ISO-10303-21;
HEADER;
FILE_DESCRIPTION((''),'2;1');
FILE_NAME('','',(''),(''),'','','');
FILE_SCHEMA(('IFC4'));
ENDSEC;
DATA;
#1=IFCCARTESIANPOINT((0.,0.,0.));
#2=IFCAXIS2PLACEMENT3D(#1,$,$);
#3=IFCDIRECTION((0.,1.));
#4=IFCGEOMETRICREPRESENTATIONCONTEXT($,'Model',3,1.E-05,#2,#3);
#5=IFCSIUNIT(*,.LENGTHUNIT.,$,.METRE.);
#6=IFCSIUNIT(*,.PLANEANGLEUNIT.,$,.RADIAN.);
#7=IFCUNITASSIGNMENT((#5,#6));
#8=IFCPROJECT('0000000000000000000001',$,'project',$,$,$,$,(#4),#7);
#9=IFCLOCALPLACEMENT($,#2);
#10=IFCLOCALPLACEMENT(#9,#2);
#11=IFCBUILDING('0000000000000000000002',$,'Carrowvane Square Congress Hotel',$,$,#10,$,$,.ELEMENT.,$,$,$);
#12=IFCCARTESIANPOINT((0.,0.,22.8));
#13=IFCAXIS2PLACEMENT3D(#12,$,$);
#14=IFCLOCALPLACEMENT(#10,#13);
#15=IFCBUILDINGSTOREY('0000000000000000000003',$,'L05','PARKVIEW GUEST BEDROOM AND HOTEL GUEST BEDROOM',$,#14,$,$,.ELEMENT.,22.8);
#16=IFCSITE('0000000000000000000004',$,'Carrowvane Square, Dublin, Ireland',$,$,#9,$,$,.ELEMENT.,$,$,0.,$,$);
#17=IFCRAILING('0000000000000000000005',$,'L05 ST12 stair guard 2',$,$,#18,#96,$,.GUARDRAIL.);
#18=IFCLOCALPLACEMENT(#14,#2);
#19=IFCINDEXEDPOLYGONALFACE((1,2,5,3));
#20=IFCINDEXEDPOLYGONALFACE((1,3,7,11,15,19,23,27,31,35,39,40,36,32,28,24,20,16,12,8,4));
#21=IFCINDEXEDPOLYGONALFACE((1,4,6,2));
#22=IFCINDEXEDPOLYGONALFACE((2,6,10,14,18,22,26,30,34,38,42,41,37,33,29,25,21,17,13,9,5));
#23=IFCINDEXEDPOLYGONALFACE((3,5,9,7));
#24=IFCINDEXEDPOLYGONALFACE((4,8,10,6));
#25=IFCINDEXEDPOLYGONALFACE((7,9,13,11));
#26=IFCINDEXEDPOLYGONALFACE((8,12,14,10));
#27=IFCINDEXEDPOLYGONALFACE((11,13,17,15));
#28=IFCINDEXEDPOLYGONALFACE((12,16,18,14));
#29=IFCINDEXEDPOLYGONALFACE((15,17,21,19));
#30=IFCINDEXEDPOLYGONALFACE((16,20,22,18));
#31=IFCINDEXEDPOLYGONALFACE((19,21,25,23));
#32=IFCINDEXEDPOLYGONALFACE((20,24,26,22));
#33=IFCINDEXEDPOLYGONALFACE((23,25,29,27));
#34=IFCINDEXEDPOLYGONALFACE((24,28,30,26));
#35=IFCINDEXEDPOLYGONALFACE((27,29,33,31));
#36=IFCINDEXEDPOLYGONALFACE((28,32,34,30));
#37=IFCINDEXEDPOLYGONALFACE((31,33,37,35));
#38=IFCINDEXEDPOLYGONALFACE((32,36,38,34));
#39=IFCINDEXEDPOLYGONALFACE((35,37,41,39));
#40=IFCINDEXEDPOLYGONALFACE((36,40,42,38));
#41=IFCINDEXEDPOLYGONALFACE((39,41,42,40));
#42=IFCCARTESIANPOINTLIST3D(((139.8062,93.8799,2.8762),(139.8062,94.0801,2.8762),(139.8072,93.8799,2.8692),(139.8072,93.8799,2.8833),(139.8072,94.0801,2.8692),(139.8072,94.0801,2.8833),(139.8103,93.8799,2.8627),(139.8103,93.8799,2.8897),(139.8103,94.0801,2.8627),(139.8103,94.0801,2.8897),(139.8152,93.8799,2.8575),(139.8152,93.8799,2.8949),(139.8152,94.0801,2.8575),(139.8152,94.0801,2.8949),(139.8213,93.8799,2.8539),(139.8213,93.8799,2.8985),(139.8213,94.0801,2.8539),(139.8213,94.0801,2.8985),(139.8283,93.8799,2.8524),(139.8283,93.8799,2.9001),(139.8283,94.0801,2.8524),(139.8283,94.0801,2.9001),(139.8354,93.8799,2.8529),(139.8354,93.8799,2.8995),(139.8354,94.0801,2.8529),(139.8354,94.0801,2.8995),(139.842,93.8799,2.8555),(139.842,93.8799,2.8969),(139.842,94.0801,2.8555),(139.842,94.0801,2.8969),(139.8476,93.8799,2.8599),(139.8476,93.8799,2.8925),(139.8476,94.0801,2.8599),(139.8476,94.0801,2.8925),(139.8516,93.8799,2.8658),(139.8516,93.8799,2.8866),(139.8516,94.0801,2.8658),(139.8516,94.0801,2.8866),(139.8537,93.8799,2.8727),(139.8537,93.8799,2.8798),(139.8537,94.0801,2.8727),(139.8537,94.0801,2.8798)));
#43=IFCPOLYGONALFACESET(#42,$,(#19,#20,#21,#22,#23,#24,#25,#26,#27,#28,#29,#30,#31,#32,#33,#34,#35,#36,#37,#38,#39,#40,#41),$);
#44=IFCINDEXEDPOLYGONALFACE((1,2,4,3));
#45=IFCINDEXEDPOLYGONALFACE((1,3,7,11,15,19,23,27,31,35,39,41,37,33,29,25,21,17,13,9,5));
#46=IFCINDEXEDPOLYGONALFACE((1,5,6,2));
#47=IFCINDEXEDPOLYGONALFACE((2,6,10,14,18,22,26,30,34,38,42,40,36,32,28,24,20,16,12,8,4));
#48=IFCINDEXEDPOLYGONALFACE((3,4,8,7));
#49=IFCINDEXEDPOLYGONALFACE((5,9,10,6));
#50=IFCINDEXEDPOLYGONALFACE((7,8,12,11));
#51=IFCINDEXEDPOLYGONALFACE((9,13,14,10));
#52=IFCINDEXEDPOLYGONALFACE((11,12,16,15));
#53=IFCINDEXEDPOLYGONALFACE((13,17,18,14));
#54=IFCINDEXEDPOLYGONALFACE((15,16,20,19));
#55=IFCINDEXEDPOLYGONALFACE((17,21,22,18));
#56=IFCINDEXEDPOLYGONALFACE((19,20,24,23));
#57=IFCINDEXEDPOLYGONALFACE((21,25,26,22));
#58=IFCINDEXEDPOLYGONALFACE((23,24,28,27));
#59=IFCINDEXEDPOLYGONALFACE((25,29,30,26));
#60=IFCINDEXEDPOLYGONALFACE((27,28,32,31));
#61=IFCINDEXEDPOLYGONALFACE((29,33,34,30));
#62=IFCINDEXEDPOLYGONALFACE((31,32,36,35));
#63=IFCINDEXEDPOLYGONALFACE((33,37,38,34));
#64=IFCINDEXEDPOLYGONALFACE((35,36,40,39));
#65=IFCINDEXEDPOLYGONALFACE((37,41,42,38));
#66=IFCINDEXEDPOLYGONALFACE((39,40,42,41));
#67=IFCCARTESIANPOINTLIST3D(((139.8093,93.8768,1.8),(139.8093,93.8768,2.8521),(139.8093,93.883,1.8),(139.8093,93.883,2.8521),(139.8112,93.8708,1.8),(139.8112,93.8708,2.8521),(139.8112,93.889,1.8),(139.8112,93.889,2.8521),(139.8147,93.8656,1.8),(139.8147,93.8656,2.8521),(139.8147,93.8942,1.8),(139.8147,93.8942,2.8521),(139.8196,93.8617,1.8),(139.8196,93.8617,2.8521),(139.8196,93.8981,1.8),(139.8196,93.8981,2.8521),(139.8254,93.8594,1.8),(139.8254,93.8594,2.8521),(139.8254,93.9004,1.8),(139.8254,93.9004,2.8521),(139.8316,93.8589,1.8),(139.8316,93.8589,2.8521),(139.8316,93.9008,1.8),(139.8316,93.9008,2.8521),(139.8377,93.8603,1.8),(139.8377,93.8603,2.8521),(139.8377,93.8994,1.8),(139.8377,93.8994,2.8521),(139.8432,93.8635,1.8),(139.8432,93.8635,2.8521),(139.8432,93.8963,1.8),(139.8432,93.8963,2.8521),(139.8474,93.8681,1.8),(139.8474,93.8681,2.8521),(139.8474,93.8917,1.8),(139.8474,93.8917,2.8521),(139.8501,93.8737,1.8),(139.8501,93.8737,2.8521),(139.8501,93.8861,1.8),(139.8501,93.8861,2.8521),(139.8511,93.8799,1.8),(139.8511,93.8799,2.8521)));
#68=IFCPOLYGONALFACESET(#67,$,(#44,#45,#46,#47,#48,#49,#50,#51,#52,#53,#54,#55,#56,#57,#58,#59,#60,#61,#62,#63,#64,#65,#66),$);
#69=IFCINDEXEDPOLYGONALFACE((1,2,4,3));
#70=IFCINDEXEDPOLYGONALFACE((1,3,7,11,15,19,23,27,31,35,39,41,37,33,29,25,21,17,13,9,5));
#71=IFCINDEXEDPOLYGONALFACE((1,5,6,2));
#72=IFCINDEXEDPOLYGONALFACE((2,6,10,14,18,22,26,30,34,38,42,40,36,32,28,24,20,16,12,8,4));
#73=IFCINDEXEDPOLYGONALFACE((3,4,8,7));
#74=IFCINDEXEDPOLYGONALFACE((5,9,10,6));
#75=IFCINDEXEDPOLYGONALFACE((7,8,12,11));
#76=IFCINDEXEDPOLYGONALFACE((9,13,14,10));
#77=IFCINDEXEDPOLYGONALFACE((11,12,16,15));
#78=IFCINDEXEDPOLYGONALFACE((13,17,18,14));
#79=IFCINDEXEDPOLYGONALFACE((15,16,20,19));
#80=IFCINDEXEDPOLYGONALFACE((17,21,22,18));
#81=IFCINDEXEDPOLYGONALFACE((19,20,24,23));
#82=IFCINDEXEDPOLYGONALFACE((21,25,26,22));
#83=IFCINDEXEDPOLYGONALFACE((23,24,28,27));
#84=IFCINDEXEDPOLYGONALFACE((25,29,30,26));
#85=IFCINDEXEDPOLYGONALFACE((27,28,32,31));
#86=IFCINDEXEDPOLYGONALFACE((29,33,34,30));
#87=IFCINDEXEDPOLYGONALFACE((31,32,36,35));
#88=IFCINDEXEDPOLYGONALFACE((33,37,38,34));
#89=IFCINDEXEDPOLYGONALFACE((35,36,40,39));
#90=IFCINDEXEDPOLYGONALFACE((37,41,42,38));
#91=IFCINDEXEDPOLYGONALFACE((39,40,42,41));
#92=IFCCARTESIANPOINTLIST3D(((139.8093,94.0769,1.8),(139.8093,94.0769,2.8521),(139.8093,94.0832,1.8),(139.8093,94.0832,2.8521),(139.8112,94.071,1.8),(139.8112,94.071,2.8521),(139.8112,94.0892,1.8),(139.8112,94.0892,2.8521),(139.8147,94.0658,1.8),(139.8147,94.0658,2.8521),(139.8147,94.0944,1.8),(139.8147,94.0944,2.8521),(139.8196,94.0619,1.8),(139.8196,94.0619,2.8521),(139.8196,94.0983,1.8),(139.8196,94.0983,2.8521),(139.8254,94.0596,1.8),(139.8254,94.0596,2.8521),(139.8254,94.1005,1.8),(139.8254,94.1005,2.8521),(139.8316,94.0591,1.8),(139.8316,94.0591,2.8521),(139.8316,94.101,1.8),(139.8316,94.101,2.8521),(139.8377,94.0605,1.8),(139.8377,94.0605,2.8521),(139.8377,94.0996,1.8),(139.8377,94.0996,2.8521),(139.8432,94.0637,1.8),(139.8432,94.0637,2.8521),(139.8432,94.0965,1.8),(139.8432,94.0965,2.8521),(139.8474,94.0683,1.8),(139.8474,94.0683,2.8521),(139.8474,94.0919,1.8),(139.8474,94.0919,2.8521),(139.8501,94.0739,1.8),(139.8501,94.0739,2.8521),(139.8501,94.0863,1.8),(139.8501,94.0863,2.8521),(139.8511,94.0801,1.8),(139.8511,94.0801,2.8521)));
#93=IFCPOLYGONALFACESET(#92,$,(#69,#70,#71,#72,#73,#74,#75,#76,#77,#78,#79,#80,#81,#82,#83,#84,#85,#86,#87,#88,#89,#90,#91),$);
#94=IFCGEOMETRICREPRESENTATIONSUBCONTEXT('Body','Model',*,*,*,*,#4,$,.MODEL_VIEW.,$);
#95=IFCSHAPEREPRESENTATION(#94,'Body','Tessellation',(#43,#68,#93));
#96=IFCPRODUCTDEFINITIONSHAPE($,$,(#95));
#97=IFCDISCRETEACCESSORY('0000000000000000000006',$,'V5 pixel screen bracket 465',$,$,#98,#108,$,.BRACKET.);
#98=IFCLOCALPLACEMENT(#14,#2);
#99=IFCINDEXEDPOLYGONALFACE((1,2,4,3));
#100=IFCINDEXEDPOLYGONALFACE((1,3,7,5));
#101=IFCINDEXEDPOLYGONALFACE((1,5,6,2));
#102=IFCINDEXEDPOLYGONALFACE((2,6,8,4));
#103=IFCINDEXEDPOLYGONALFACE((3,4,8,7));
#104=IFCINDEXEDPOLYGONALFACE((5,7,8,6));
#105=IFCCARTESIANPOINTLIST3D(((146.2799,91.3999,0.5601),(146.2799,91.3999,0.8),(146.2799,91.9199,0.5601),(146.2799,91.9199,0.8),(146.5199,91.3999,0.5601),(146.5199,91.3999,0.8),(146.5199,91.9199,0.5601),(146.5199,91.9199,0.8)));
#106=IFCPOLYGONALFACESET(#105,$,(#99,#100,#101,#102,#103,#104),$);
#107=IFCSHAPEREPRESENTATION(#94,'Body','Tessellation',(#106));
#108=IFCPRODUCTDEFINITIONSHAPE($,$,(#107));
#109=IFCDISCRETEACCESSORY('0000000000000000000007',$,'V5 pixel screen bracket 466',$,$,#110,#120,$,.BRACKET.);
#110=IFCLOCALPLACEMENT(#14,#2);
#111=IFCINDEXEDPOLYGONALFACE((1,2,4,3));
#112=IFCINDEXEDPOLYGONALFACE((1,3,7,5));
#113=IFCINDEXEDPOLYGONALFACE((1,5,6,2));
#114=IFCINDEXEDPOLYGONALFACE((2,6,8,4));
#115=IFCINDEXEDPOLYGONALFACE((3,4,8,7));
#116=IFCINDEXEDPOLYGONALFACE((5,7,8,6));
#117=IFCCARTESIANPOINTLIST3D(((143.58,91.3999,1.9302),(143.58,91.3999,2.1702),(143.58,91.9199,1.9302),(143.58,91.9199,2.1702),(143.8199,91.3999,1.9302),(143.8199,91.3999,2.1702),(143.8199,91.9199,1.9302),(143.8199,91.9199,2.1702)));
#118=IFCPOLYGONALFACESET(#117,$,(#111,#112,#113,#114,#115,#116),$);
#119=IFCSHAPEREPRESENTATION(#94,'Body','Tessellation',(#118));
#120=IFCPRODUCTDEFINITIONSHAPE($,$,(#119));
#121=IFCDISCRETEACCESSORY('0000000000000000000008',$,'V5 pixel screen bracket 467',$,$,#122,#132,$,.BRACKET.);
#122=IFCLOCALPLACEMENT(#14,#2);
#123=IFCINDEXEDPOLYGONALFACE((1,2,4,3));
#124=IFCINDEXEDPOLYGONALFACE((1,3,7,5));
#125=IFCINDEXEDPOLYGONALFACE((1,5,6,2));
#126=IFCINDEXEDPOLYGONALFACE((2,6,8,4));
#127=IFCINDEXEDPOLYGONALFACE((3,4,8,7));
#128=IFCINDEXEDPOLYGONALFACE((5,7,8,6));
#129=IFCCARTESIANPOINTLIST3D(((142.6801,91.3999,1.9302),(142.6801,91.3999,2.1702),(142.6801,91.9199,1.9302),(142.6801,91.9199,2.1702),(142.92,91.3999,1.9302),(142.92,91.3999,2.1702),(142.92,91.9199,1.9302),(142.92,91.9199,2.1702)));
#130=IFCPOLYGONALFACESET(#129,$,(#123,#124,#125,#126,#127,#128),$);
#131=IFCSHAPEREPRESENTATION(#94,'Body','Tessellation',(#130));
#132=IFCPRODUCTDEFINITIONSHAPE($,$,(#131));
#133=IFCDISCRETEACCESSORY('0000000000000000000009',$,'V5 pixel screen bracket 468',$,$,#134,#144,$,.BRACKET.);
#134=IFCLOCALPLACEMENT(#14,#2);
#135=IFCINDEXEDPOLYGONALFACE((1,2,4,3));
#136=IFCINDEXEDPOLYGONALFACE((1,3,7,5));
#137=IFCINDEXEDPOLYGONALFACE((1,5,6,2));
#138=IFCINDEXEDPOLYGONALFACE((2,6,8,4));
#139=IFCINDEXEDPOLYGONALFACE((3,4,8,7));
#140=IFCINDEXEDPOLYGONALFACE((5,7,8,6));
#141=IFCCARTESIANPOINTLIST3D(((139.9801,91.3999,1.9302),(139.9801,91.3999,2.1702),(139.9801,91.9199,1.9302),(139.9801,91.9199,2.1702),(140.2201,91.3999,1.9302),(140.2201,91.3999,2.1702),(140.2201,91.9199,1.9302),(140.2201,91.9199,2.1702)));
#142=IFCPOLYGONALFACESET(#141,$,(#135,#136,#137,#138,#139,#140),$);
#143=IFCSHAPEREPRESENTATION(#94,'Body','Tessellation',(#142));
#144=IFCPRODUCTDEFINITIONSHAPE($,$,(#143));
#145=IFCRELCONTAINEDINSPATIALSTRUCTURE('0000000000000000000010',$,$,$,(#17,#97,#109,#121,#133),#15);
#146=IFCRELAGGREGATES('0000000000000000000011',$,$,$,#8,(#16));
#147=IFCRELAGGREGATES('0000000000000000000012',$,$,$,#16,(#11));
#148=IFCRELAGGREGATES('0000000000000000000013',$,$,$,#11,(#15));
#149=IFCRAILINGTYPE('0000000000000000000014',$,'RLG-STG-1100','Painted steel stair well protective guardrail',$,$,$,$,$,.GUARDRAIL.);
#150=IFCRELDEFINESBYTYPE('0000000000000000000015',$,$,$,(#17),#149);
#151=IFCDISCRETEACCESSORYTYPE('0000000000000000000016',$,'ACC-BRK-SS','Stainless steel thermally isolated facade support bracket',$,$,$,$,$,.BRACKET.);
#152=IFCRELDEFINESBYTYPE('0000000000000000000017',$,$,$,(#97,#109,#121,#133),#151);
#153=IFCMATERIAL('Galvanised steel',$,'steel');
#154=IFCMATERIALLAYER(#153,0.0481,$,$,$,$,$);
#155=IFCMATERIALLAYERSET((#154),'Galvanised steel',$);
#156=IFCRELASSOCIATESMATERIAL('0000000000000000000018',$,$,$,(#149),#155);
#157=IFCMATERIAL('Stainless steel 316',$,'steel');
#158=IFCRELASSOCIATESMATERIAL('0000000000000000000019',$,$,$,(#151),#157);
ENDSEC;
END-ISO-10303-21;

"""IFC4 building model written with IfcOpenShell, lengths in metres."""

from ifc_helpers import new_model, si_unit, direction, frame, origin, origin_2d, place, context, subcontext, project, spatial, rectangle, circle, extrude, material, layer, layer_set, type_object, element, save


model = new_model("IFC4")

# Units and contexts
model_context = context("Model", 3, precision=1e-05, world=origin(), true_north=direction((0.0, 1.0)))
body_context = subcontext(model_context, "Body", "Model", "MODEL_VIEW")
ifc_project = project(units=[si_unit("LENGTHUNIT", "METRE"), si_unit("PLANEANGLEUNIT", "RADIAN")], contexts=[model_context])

# Site, building, storey
site_placement = place(None, origin())
site = spatial("IfcSite", under=ifc_project, at=site_placement, Name="Carrowvane Square, Dublin, Ireland", CompositionType="ELEMENT", RefElevation=0.0)
building_placement = place(site_placement, origin())
building = spatial("IfcBuilding", under=site, at=building_placement, Name="Carrowvane Square Congress Hotel", CompositionType="ELEMENT")
storey_placement = place(building_placement, frame((0.0, 0.0, 22.8)))
storey = spatial("IfcBuildingStorey", under=building, at=storey_placement, Name="L05", Description="PARKVIEW GUEST BEDROOM AND HOTEL GUEST BEDROOM", CompositionType="ELEMENT", Elevation=22.8)

# Railing
ifc_material_1 = material(Name="Galvanised steel", Category="steel")
ifc_layer_1 = layer(ifc_material_1, 0.0481)
ifc_layer_set_1 = layer_set([ifc_layer_1], Name="Galvanised steel")
railing_type_1 = type_object("IfcRailingType", Name="RLG-STG-1100", Description="Painted steel stair well protective guardrail", PredefinedType="GUARDRAIL", material=ifc_layer_set_1)
railing_1_placement = place(storey_placement, frame((139.8301, 93.8799, 1.8)))
element("IfcRailing", 1, at=railing_1_placement, inside=storey, type_object=railing_type_1, Name="L05 ST12 stair guard 2", PredefinedType="GUARDRAIL", context=body_context, shape_type="SweptSolid", body=[
    extrude(circle(Radius=0.0239, at=origin_2d()), frame((0.0, 0.0, 1.0762), z_axis=(0.0, 1.0, 0.0), x_axis=(-1.0, 0.0, 0.0)), (0.0, 0.0, 1.0), 0.2002),
    extrude(circle(Radius=0.021, at=origin_2d()), origin(), (0.0, 0.0, 1.0), 1.052),
    extrude(circle(Radius=0.021, at=origin_2d()), frame((0.0, 0.2002, 0.0)), (0.0, 0.0, 1.0), 1.052),
])

# Discrete accessories
ifc_material_2 = material(Name="Stainless steel 316", Category="steel")
discrete_accessory_type = type_object("IfcDiscreteAccessoryType", Name="ACC-BRK-SS", Description="Stainless steel thermally isolated facade support bracket", PredefinedType="BRACKET", material=ifc_material_2)
for number, where, z_axis, x_axis, name in (
    (2, (146.3999, 91.6599, 0.5601), (0.0, 0.0, 1.0), (-1.0, 0.0, 0.0), "V5 pixel screen bracket 465"),
    (3, (143.7, 91.6599, 1.9302), (0.0, 0.0, 1.0), (-1.0, 0.0, 0.0), "V5 pixel screen bracket 466"),
    (4, (142.8, 91.6599, 1.9302), (0.0, 0.0, 1.0), (-1.0, 0.0, 0.0), "V5 pixel screen bracket 467"),
    (5, (140.1001, 91.6599, 1.9302), (0.0, 0.0, 1.0), (-1.0, 0.0, 0.0), "V5 pixel screen bracket 468"),
):
    element("IfcDiscreteAccessory", number, at=place(storey_placement, frame(where, z_axis=z_axis, x_axis=x_axis)), inside=storey, type_object=discrete_accessory_type, Name=name, PredefinedType="BRACKET", context=body_context, shape_type="SweptSolid", body=[
        extrude(rectangle(XDim=0.24, YDim=0.52, at=origin_2d()), origin(), (0.0, 0.0, 1.0), 0.24),
    ])

save(model, "model.ifc")
